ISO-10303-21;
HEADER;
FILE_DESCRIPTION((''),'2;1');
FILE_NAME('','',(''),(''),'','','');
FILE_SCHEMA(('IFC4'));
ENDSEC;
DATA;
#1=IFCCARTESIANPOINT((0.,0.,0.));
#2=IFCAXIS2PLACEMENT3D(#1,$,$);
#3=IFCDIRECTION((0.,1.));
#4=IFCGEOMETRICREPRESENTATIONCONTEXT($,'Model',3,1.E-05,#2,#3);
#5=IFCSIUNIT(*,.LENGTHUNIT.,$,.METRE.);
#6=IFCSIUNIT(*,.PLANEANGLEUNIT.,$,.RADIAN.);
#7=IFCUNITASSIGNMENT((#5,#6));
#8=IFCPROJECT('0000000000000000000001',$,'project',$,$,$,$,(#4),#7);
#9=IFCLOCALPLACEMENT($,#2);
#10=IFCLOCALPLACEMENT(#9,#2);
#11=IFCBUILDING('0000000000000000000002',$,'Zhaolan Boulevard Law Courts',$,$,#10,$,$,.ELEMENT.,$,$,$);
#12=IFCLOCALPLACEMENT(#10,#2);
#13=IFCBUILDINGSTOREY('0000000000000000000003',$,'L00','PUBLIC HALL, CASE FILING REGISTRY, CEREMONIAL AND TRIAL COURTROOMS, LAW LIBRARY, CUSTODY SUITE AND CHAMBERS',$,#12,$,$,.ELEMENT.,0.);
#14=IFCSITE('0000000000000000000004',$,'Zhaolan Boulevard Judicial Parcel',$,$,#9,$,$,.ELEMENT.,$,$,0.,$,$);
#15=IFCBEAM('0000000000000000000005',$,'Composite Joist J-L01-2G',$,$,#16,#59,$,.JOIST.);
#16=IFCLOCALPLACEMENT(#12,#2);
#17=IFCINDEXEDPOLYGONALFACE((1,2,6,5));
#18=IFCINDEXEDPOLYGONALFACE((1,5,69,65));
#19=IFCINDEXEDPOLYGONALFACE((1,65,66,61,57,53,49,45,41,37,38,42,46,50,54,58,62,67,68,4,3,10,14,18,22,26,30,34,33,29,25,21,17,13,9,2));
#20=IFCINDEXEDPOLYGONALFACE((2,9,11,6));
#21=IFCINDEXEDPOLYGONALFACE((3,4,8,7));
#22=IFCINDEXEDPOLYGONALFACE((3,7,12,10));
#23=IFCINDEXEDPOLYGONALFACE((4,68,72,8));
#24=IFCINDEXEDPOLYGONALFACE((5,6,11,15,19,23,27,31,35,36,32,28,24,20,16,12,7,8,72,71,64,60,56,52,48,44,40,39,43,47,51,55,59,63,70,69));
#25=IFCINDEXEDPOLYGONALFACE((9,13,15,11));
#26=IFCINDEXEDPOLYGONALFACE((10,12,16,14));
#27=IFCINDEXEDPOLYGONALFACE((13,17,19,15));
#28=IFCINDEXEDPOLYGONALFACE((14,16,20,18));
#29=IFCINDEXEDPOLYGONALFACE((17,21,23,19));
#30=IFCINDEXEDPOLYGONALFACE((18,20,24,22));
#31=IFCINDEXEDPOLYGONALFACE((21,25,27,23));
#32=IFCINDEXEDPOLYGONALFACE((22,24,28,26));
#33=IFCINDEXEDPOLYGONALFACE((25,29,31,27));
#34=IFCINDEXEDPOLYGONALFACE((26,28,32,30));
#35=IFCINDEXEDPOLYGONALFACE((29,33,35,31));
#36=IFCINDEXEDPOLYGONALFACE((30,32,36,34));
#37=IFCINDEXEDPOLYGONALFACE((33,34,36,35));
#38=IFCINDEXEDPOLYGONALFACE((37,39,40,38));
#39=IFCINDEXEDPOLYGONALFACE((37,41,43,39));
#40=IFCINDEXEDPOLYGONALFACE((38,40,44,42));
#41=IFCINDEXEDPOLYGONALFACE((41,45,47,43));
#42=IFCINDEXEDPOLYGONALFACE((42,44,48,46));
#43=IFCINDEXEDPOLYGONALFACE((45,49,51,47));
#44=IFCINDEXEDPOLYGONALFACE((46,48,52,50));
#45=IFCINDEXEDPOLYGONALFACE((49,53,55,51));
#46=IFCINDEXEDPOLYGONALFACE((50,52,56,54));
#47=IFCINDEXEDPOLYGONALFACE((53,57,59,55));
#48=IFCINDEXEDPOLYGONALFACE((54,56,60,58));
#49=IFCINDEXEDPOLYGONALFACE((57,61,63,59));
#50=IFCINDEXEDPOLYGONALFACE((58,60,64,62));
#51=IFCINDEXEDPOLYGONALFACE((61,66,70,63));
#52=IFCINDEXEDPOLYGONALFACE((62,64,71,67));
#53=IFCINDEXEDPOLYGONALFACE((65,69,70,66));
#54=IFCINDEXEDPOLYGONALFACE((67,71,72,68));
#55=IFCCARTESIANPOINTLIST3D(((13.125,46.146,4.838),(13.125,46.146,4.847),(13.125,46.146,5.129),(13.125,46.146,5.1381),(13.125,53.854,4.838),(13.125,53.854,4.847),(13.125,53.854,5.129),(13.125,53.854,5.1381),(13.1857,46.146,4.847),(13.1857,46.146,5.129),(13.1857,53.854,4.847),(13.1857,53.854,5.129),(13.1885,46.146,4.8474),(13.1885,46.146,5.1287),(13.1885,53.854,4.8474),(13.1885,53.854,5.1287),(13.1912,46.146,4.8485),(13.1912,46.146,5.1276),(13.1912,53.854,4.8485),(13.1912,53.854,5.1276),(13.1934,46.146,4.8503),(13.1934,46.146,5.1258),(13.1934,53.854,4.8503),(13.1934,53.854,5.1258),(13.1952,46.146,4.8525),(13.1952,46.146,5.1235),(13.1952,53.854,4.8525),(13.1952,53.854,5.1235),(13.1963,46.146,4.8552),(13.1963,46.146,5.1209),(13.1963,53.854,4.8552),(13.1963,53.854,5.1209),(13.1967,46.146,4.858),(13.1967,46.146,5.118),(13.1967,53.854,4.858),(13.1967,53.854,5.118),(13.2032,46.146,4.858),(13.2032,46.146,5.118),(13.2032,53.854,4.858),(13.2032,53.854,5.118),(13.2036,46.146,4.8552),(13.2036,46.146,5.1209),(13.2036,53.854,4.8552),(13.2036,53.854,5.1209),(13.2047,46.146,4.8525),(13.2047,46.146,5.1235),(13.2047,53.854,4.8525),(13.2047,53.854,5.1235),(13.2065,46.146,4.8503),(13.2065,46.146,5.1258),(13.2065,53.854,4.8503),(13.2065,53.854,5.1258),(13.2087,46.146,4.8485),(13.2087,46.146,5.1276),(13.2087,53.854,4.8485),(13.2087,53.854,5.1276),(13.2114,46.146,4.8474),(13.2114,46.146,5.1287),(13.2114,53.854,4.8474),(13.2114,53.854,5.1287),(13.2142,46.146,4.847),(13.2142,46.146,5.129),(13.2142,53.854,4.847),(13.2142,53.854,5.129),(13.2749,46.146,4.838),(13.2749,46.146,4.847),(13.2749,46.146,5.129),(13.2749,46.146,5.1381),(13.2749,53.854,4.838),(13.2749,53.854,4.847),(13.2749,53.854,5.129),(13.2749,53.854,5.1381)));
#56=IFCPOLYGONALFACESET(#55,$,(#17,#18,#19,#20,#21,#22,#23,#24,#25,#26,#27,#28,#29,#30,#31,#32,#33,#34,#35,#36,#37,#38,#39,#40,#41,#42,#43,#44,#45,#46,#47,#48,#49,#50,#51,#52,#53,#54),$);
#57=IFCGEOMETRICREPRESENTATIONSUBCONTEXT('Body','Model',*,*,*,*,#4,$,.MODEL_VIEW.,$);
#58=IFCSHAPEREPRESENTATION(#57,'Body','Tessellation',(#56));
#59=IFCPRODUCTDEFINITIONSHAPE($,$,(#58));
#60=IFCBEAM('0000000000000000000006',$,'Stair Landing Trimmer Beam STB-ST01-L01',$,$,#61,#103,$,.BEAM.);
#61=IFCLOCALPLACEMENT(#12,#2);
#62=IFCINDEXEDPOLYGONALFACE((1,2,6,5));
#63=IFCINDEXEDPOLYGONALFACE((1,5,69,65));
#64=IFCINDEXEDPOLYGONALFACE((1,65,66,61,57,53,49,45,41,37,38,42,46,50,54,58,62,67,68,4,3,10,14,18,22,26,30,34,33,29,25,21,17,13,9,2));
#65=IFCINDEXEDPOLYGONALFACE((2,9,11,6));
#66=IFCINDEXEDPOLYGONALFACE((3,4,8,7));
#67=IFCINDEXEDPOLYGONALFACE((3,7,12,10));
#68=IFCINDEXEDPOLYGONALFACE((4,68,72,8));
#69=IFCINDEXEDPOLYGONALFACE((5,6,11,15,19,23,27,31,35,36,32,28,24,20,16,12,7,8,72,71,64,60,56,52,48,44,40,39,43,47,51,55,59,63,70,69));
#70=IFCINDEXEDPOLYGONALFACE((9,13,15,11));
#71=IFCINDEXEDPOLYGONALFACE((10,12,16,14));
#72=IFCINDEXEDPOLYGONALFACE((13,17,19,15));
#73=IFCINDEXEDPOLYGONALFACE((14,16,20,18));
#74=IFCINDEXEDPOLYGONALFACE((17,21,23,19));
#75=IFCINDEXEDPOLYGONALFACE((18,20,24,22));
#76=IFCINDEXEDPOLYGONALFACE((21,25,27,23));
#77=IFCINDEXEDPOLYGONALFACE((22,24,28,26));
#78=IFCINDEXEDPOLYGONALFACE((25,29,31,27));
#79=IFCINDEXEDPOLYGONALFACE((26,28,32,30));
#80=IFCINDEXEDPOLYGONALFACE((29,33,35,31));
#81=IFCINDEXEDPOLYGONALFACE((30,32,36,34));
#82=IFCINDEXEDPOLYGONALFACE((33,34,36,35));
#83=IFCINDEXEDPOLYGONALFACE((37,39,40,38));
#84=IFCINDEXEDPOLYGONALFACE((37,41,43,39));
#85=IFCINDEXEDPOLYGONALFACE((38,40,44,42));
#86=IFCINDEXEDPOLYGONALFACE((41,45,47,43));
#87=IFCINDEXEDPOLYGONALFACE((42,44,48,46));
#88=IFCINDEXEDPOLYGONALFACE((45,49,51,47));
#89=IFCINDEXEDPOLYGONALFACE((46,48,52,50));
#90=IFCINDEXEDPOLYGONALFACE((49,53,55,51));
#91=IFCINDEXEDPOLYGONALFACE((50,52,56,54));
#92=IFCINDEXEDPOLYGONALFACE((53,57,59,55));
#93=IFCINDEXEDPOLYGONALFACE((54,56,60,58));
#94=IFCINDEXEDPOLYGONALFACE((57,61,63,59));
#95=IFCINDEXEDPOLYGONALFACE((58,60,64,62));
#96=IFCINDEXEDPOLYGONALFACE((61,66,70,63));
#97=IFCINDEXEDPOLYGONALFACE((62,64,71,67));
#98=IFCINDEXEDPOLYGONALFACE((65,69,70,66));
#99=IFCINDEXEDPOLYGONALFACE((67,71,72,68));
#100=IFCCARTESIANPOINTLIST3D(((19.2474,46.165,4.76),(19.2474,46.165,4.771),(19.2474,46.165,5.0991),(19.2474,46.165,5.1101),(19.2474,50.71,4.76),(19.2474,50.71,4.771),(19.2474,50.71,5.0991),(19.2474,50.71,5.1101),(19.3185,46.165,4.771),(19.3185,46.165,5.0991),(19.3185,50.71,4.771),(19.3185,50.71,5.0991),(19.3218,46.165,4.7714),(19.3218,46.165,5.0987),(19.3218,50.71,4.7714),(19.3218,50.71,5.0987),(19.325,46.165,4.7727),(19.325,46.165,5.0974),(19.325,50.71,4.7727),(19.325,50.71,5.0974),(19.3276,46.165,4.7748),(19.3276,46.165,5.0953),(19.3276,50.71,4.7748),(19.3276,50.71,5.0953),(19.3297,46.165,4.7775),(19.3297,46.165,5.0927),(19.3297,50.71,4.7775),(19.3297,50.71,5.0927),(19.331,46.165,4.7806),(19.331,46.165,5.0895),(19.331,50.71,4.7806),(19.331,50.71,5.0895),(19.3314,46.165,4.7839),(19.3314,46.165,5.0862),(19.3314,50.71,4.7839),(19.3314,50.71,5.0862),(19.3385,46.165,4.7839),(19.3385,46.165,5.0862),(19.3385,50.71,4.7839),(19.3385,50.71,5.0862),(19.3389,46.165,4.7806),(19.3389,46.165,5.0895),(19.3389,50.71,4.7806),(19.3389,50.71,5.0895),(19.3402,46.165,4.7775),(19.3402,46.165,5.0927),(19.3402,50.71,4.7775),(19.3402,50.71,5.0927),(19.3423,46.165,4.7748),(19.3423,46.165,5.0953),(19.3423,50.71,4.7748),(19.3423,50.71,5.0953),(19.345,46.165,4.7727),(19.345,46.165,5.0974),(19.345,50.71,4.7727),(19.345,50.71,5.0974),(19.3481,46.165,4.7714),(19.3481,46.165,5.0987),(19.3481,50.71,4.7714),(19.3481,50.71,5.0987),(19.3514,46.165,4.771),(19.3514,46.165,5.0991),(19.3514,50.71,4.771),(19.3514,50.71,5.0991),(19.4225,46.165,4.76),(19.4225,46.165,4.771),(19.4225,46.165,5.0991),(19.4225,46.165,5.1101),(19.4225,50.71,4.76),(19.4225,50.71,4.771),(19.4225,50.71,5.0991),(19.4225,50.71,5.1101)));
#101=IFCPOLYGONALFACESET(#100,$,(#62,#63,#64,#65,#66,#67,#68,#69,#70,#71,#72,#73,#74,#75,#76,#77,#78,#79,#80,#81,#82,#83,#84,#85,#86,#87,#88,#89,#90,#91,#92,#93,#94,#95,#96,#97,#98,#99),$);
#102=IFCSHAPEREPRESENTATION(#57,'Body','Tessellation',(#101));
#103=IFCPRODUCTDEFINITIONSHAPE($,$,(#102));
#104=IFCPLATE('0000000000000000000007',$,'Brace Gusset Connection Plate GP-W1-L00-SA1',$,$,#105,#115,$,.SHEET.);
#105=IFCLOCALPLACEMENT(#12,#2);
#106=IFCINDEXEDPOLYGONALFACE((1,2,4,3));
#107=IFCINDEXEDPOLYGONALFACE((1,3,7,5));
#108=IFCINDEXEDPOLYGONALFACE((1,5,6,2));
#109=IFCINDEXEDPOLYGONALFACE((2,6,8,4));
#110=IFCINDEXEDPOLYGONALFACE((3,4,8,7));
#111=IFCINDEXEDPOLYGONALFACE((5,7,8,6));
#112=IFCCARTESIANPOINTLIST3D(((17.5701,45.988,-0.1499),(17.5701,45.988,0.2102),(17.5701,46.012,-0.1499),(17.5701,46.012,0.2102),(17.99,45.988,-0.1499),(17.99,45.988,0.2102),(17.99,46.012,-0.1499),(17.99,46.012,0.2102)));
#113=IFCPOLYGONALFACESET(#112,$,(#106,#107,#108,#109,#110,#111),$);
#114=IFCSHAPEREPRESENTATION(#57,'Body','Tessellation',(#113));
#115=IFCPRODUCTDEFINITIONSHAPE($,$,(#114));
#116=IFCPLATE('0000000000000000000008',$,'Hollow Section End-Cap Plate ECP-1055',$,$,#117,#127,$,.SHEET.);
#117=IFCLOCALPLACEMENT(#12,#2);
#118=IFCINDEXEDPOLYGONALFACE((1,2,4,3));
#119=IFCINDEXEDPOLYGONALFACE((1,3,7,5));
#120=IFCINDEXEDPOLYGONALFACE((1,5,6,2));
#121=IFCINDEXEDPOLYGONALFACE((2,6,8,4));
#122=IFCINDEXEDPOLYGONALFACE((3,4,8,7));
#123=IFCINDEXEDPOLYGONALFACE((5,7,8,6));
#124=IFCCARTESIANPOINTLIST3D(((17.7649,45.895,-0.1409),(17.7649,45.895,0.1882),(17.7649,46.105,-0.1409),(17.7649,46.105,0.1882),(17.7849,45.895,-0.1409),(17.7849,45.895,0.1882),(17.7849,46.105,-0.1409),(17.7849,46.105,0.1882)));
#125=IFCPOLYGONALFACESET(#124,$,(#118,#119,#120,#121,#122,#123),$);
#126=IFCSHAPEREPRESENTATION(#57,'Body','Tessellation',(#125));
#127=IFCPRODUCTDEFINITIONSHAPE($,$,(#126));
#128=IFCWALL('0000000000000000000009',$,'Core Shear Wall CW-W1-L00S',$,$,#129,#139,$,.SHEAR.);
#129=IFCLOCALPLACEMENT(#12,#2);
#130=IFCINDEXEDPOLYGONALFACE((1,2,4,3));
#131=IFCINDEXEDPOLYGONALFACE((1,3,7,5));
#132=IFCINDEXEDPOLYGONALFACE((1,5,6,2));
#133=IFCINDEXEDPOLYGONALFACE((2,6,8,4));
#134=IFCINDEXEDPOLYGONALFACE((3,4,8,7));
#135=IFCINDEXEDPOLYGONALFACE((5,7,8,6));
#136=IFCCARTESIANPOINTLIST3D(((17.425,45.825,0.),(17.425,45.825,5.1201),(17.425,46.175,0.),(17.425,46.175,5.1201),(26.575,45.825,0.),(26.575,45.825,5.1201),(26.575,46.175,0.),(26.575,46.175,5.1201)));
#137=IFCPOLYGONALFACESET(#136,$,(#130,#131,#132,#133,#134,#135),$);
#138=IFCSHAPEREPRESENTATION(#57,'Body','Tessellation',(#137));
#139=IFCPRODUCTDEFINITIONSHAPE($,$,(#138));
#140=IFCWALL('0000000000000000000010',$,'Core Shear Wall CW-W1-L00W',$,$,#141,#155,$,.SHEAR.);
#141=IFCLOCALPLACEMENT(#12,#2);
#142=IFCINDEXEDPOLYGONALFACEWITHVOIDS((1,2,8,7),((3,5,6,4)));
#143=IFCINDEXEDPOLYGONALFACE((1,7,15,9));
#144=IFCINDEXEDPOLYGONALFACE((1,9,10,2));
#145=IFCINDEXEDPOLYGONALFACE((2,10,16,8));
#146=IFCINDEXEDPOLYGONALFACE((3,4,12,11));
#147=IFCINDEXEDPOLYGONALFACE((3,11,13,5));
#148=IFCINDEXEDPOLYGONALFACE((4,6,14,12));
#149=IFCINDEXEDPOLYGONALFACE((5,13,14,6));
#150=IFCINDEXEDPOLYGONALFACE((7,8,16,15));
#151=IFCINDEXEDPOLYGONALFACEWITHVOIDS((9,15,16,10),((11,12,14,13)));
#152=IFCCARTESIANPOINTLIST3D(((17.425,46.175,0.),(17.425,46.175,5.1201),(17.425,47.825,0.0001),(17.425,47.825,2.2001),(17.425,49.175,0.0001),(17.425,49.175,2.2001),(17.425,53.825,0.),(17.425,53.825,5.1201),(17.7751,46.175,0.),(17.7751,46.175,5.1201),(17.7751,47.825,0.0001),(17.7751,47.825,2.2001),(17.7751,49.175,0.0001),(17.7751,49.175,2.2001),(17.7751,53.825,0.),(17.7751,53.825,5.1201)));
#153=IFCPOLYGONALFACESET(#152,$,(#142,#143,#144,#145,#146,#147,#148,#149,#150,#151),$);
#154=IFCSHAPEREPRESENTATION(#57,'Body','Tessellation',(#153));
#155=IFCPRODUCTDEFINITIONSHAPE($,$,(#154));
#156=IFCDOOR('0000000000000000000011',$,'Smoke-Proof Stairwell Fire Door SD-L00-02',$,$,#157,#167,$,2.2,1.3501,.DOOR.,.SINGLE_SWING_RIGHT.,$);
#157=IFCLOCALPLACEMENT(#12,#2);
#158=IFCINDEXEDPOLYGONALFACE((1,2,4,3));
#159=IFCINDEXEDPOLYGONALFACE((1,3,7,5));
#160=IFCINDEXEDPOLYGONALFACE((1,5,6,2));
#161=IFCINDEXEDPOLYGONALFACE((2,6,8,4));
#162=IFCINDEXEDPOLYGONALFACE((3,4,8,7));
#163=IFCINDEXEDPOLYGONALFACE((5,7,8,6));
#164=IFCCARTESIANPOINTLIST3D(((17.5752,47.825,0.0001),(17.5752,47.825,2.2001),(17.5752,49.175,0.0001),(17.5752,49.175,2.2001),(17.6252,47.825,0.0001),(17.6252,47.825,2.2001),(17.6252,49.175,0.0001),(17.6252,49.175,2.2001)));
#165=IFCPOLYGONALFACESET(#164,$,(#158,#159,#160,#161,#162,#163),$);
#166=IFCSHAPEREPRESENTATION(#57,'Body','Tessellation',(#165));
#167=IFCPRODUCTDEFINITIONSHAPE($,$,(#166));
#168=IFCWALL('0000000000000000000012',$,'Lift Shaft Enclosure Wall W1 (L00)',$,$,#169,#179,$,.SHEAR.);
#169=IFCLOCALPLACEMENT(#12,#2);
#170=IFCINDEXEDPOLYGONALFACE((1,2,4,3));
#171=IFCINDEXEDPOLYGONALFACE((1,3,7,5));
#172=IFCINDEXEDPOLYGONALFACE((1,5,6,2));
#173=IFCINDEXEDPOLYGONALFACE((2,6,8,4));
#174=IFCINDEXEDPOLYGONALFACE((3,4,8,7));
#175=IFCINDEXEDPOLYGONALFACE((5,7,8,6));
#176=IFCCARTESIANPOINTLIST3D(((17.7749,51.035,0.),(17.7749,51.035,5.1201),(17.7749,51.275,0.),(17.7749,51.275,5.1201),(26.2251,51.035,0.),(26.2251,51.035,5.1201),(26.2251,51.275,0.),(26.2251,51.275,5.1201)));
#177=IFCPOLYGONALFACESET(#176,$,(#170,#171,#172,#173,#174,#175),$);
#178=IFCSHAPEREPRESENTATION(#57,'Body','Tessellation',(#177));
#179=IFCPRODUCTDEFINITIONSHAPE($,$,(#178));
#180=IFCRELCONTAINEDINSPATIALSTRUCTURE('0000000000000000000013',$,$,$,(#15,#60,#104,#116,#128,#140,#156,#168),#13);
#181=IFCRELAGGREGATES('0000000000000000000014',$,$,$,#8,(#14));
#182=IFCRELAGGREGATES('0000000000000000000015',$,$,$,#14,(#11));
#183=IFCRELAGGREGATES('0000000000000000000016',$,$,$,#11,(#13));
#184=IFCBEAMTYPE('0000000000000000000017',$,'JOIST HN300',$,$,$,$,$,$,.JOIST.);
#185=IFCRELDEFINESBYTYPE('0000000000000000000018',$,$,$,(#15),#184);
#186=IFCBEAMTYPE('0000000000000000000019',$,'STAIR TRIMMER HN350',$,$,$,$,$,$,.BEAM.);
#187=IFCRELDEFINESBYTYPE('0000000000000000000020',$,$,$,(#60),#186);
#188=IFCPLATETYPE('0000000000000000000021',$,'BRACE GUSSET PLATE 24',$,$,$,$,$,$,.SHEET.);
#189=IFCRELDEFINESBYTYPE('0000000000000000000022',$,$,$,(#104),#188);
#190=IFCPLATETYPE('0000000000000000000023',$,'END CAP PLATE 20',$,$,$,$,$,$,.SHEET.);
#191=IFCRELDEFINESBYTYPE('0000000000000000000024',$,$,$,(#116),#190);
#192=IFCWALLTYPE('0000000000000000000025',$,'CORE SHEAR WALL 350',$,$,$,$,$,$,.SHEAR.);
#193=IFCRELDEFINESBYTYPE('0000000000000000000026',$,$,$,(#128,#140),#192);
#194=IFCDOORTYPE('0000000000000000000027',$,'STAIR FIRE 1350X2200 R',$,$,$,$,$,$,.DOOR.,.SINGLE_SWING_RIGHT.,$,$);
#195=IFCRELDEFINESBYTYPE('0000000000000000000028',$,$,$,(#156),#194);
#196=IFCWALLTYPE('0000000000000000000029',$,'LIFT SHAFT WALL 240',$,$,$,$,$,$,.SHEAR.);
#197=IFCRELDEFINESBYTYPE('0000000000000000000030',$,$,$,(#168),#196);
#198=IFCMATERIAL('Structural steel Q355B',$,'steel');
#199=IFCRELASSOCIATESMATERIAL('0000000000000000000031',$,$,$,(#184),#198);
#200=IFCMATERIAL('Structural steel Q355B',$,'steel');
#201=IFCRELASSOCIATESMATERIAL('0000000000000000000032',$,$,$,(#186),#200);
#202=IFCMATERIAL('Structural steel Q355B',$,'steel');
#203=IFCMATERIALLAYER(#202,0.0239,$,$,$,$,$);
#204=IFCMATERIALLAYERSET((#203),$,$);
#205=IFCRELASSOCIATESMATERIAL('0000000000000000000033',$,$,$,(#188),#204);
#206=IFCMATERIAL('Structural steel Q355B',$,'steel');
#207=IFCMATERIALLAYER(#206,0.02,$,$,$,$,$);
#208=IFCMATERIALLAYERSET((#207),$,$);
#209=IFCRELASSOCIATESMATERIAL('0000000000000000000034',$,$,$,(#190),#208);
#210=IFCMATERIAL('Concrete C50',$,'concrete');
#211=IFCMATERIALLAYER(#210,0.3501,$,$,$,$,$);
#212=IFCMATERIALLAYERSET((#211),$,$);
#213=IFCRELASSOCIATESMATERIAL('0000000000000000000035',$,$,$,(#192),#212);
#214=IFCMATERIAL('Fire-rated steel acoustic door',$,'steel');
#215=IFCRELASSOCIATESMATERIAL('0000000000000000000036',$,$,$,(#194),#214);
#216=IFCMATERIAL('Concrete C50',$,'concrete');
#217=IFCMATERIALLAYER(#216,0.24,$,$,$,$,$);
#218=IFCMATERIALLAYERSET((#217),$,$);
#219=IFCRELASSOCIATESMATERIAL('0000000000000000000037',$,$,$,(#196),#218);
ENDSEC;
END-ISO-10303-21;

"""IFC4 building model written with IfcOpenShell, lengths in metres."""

from ifc_helpers import new_model, si_unit, direction, frame, frame_2d, origin, origin_2d, place, context, subcontext, project, spatial, rectangle, i_section, extrude, material, layer, layer_set, material_profile, profile_set, type_object, element, fill, save


model = new_model("IFC4")

# Units and contexts
model_context = context("Model", 3, precision=1e-05, world=origin(), true_north=direction((0.0, 1.0)))
body_context = subcontext(model_context, "Body", "Model", "MODEL_VIEW")
ifc_project = project(units=[si_unit("LENGTHUNIT", "METRE"), si_unit("PLANEANGLEUNIT", "RADIAN")], contexts=[model_context])

# Site, building, storey
site_placement = place(None, origin())
site = spatial("IfcSite", under=ifc_project, at=site_placement, Name="Zhaolan Boulevard Judicial Parcel", CompositionType="ELEMENT", RefElevation=0.0)
building_placement = place(site_placement, origin())
building = spatial("IfcBuilding", under=site, at=building_placement, Name="Zhaolan Boulevard Law Courts", CompositionType="ELEMENT")
storey_placement = place(building_placement, origin())
storey = spatial("IfcBuildingStorey", under=building, at=storey_placement, Name="L00", Description="PUBLIC HALL, CASE FILING REGISTRY, CEREMONIAL AND TRIAL COURTROOMS, LAW LIBRARY, CUSTODY SUITE AND CHAMBERS", CompositionType="ELEMENT", Elevation=0.0)

# Beams
ifc_material_1 = material(Name="Structural steel Q355B", Category="steel")
ifc_material_profile_1 = material_profile(ifc_material_1, i_section(OverallWidth=0.1499, OverallDepth=0.3, WebThickness=0.0066, FlangeThickness=0.009, FilletRadius=0.011, at=origin_2d()), Name="HN300x150")
ifc_profile_set_1 = profile_set([ifc_material_profile_1], Name="Structural steel Q355B")
beam_type_1 = type_object("IfcBeamType", Name="JOIST HN300", PredefinedType="JOIST", material=ifc_profile_set_1)
beam_1_placement = place(storey_placement, frame((13.2, 46.146, 4.988), z_axis=(0.0, 1.0, 0.0), x_axis=(-1.0, 0.0, 0.0)))
element("IfcBeam", 1, at=beam_1_placement, inside=storey, type_object=beam_type_1, Name="Composite Joist J-L01-2G", PredefinedType="JOIST", context=body_context, shape_type="SweptSolid", body=[
    extrude(i_section(OverallWidth=0.1499, OverallDepth=0.3, WebThickness=0.0066, FlangeThickness=0.009, FilletRadius=0.011, at=origin_2d()), origin(), (0.0, 0.0, 1.0), 7.708),
])
ifc_material_2 = material(Name="Structural steel Q355B", Category="steel")
ifc_material_profile_2 = material_profile(ifc_material_2, i_section(OverallWidth=0.175, OverallDepth=0.3501, WebThickness=0.0071, FlangeThickness=0.011, FilletRadius=0.0129, at=origin_2d()), Name="HN350x175")
ifc_profile_set_2 = profile_set([ifc_material_profile_2], Name="Structural steel Q355B")
beam_type_2 = type_object("IfcBeamType", Name="STAIR TRIMMER HN350", PredefinedType="BEAM", material=ifc_profile_set_2)
beam_2_placement = place(storey_placement, frame((19.335, 46.165, 4.9351), z_axis=(0.0, 1.0, 0.0), x_axis=(-1.0, 0.0, 0.0)))
element("IfcBeam", 2, at=beam_2_placement, inside=storey, type_object=beam_type_2, Name="Stair Landing Trimmer Beam STB-ST01-L01", PredefinedType="BEAM", context=body_context, shape_type="SweptSolid", body=[
    extrude(i_section(OverallWidth=0.175, OverallDepth=0.3501, WebThickness=0.0071, FlangeThickness=0.011, FilletRadius=0.0129, at=origin_2d()), origin(), (0.0, 0.0, 1.0), 4.5449),
])

# Plates
ifc_material_3 = material(Name="Structural steel Q355B", Category="steel")
ifc_layer_1 = layer(ifc_material_3, 0.0239)
ifc_layer_set_1 = layer_set([ifc_layer_1])
plate_type_1 = type_object("IfcPlateType", Name="BRACE GUSSET PLATE 24", PredefinedType="SHEET", material=ifc_layer_set_1)
plate_1_placement = place(storey_placement, frame((17.78, 46.0, -0.1499), z_axis=(0.0, 0.0, 1.0), x_axis=(1.0, 0.0, 0.0)))
element("IfcPlate", 3, at=plate_1_placement, inside=storey, type_object=plate_type_1, Name="Brace Gusset Connection Plate GP-W1-L00-SA1", PredefinedType="SHEET", context=body_context, shape_type="SweptSolid", body=[
    extrude(rectangle(XDim=0.4199, YDim=0.0239, at=origin_2d()), origin(), (0.0, 0.0, 1.0), 0.3601),
])
ifc_material_4 = material(Name="Structural steel Q355B", Category="steel")
ifc_layer_2 = layer(ifc_material_4, 0.02)
ifc_layer_set_2 = layer_set([ifc_layer_2])
plate_type_2 = type_object("IfcPlateType", Name="END CAP PLATE 20", PredefinedType="SHEET", material=ifc_layer_set_2)
plate_2_placement = place(storey_placement, frame((17.7749, 46.0, -0.1409), z_axis=(0.0, 0.0, 1.0), x_axis=(1.0, 0.0, 0.0)))
element("IfcPlate", 4, at=plate_2_placement, inside=storey, type_object=plate_type_2, Name="Hollow Section End-Cap Plate ECP-1055", PredefinedType="SHEET", context=body_context, shape_type="SweptSolid", body=[
    extrude(rectangle(XDim=0.02, YDim=0.21, at=origin_2d()), origin(), (0.0, 0.0, 1.0), 0.3291),
])

# Wall
ifc_material_5 = material(Name="Concrete C50", Category="concrete")
ifc_layer_3 = layer(ifc_material_5, 0.3501)
ifc_layer_set_3 = layer_set([ifc_layer_3])
wall_type_1 = type_object("IfcWallType", Name="CORE SHEAR WALL 350", PredefinedType="SHEAR", material=ifc_layer_set_3)
wall_1_placement = place(storey_placement, frame((17.425, 46.0, 0.0), z_axis=(0.0, 0.0, 1.0), x_axis=(1.0, 0.0, 0.0)))
element("IfcWall", 5, at=wall_1_placement, inside=storey, type_object=wall_type_1, Name="Core Shear Wall CW-W1-L00S", PredefinedType="SHEAR", context=body_context, shape_type="SweptSolid", body=[
    extrude(rectangle(XDim=9.1499, YDim=0.3501, at=frame_2d((4.575, 0.0))), origin(), (0.0, 0.0, 1.0), 5.1201),
])

# Wall, opening, door
wall_2_placement = place(storey_placement, frame((17.6001, 46.175, 0.0), z_axis=(0.0, 0.0, 1.0), x_axis=(0.0, 1.0, 0.0)))
wall_2 = element("IfcWall", 6, at=wall_2_placement, inside=storey, type_object=wall_type_1, Name="Core Shear Wall CW-W1-L00W", PredefinedType="SHEAR", context=body_context, shape_type="SweptSolid", body=[
    extrude(rectangle(XDim=7.6499, YDim=0.3501, at=frame_2d((3.825, 0.0))), origin(), (0.0, 0.0, 1.0), 5.1201),
])
opening_1_placement = place(wall_2_placement, frame((1.6499, 0.0, 0.0)))
opening_1 = element("IfcOpeningElement", 7, at=opening_1_placement, cuts=wall_2, PredefinedType="OPENING", context=body_context, shape_type="SweptSolid", body=[
    extrude(rectangle(XDim=1.3501, YDim=2.2, at=frame_2d((0.675, 1.1001))), frame((0.0, 0.1851, 0.0), z_axis=(0.0, -1.0, 0.0), x_axis=(1.0, 0.0, 0.0)), (0.0, 0.0, 1.0), 0.3701),
])
ifc_material_6 = material(Name="Fire-rated steel acoustic door", Category="steel")
door_type_1 = type_object("IfcDoorType", Name="STAIR FIRE 1350X2200 R", OperationType="SINGLE_SWING_RIGHT", PredefinedType="DOOR", material=ifc_material_6)
door_1_placement = place(opening_1_placement, origin())
door_1 = element("IfcDoor", 8, at=door_1_placement, inside=storey, type_object=door_type_1, Name="Smoke-Proof Stairwell Fire Door SD-L00-02", OperationType="SINGLE_SWING_RIGHT", OverallHeight=2.2, OverallWidth=1.3501, PredefinedType="DOOR", context=body_context, shape_type="SweptSolid", body=[
    extrude(rectangle(XDim=1.3501, YDim=2.2, at=frame_2d((0.675, 1.1001))), frame((0.0, 0.0249, 0.0), z_axis=(0.0, -1.0, 0.0), x_axis=(1.0, 0.0, 0.0)), (0.0, 0.0, 1.0), 0.05),
])
fill(opening_1, door_1)

# Wall
ifc_material_7 = material(Name="Concrete C50", Category="concrete")
ifc_layer_4 = layer(ifc_material_7, 0.24)
ifc_layer_set_4 = layer_set([ifc_layer_4])
wall_type_2 = type_object("IfcWallType", Name="LIFT SHAFT WALL 240", PredefinedType="SHEAR", material=ifc_layer_set_4)
wall_3_placement = place(storey_placement, frame((17.7749, 51.155, 0.0), z_axis=(0.0, 0.0, 1.0), x_axis=(1.0, 0.0, 0.0)))
element("IfcWall", 9, at=wall_3_placement, inside=storey, type_object=wall_type_2, Name="Lift Shaft Enclosure Wall W1 (L00)", PredefinedType="SHEAR", context=body_context, shape_type="SweptSolid", body=[
    extrude(rectangle(XDim=8.4502, YDim=0.24, at=frame_2d((4.2251, 0.0))), origin(), (0.0, 0.0, 1.0), 5.1201),
])

save(model, "model.ifc")
